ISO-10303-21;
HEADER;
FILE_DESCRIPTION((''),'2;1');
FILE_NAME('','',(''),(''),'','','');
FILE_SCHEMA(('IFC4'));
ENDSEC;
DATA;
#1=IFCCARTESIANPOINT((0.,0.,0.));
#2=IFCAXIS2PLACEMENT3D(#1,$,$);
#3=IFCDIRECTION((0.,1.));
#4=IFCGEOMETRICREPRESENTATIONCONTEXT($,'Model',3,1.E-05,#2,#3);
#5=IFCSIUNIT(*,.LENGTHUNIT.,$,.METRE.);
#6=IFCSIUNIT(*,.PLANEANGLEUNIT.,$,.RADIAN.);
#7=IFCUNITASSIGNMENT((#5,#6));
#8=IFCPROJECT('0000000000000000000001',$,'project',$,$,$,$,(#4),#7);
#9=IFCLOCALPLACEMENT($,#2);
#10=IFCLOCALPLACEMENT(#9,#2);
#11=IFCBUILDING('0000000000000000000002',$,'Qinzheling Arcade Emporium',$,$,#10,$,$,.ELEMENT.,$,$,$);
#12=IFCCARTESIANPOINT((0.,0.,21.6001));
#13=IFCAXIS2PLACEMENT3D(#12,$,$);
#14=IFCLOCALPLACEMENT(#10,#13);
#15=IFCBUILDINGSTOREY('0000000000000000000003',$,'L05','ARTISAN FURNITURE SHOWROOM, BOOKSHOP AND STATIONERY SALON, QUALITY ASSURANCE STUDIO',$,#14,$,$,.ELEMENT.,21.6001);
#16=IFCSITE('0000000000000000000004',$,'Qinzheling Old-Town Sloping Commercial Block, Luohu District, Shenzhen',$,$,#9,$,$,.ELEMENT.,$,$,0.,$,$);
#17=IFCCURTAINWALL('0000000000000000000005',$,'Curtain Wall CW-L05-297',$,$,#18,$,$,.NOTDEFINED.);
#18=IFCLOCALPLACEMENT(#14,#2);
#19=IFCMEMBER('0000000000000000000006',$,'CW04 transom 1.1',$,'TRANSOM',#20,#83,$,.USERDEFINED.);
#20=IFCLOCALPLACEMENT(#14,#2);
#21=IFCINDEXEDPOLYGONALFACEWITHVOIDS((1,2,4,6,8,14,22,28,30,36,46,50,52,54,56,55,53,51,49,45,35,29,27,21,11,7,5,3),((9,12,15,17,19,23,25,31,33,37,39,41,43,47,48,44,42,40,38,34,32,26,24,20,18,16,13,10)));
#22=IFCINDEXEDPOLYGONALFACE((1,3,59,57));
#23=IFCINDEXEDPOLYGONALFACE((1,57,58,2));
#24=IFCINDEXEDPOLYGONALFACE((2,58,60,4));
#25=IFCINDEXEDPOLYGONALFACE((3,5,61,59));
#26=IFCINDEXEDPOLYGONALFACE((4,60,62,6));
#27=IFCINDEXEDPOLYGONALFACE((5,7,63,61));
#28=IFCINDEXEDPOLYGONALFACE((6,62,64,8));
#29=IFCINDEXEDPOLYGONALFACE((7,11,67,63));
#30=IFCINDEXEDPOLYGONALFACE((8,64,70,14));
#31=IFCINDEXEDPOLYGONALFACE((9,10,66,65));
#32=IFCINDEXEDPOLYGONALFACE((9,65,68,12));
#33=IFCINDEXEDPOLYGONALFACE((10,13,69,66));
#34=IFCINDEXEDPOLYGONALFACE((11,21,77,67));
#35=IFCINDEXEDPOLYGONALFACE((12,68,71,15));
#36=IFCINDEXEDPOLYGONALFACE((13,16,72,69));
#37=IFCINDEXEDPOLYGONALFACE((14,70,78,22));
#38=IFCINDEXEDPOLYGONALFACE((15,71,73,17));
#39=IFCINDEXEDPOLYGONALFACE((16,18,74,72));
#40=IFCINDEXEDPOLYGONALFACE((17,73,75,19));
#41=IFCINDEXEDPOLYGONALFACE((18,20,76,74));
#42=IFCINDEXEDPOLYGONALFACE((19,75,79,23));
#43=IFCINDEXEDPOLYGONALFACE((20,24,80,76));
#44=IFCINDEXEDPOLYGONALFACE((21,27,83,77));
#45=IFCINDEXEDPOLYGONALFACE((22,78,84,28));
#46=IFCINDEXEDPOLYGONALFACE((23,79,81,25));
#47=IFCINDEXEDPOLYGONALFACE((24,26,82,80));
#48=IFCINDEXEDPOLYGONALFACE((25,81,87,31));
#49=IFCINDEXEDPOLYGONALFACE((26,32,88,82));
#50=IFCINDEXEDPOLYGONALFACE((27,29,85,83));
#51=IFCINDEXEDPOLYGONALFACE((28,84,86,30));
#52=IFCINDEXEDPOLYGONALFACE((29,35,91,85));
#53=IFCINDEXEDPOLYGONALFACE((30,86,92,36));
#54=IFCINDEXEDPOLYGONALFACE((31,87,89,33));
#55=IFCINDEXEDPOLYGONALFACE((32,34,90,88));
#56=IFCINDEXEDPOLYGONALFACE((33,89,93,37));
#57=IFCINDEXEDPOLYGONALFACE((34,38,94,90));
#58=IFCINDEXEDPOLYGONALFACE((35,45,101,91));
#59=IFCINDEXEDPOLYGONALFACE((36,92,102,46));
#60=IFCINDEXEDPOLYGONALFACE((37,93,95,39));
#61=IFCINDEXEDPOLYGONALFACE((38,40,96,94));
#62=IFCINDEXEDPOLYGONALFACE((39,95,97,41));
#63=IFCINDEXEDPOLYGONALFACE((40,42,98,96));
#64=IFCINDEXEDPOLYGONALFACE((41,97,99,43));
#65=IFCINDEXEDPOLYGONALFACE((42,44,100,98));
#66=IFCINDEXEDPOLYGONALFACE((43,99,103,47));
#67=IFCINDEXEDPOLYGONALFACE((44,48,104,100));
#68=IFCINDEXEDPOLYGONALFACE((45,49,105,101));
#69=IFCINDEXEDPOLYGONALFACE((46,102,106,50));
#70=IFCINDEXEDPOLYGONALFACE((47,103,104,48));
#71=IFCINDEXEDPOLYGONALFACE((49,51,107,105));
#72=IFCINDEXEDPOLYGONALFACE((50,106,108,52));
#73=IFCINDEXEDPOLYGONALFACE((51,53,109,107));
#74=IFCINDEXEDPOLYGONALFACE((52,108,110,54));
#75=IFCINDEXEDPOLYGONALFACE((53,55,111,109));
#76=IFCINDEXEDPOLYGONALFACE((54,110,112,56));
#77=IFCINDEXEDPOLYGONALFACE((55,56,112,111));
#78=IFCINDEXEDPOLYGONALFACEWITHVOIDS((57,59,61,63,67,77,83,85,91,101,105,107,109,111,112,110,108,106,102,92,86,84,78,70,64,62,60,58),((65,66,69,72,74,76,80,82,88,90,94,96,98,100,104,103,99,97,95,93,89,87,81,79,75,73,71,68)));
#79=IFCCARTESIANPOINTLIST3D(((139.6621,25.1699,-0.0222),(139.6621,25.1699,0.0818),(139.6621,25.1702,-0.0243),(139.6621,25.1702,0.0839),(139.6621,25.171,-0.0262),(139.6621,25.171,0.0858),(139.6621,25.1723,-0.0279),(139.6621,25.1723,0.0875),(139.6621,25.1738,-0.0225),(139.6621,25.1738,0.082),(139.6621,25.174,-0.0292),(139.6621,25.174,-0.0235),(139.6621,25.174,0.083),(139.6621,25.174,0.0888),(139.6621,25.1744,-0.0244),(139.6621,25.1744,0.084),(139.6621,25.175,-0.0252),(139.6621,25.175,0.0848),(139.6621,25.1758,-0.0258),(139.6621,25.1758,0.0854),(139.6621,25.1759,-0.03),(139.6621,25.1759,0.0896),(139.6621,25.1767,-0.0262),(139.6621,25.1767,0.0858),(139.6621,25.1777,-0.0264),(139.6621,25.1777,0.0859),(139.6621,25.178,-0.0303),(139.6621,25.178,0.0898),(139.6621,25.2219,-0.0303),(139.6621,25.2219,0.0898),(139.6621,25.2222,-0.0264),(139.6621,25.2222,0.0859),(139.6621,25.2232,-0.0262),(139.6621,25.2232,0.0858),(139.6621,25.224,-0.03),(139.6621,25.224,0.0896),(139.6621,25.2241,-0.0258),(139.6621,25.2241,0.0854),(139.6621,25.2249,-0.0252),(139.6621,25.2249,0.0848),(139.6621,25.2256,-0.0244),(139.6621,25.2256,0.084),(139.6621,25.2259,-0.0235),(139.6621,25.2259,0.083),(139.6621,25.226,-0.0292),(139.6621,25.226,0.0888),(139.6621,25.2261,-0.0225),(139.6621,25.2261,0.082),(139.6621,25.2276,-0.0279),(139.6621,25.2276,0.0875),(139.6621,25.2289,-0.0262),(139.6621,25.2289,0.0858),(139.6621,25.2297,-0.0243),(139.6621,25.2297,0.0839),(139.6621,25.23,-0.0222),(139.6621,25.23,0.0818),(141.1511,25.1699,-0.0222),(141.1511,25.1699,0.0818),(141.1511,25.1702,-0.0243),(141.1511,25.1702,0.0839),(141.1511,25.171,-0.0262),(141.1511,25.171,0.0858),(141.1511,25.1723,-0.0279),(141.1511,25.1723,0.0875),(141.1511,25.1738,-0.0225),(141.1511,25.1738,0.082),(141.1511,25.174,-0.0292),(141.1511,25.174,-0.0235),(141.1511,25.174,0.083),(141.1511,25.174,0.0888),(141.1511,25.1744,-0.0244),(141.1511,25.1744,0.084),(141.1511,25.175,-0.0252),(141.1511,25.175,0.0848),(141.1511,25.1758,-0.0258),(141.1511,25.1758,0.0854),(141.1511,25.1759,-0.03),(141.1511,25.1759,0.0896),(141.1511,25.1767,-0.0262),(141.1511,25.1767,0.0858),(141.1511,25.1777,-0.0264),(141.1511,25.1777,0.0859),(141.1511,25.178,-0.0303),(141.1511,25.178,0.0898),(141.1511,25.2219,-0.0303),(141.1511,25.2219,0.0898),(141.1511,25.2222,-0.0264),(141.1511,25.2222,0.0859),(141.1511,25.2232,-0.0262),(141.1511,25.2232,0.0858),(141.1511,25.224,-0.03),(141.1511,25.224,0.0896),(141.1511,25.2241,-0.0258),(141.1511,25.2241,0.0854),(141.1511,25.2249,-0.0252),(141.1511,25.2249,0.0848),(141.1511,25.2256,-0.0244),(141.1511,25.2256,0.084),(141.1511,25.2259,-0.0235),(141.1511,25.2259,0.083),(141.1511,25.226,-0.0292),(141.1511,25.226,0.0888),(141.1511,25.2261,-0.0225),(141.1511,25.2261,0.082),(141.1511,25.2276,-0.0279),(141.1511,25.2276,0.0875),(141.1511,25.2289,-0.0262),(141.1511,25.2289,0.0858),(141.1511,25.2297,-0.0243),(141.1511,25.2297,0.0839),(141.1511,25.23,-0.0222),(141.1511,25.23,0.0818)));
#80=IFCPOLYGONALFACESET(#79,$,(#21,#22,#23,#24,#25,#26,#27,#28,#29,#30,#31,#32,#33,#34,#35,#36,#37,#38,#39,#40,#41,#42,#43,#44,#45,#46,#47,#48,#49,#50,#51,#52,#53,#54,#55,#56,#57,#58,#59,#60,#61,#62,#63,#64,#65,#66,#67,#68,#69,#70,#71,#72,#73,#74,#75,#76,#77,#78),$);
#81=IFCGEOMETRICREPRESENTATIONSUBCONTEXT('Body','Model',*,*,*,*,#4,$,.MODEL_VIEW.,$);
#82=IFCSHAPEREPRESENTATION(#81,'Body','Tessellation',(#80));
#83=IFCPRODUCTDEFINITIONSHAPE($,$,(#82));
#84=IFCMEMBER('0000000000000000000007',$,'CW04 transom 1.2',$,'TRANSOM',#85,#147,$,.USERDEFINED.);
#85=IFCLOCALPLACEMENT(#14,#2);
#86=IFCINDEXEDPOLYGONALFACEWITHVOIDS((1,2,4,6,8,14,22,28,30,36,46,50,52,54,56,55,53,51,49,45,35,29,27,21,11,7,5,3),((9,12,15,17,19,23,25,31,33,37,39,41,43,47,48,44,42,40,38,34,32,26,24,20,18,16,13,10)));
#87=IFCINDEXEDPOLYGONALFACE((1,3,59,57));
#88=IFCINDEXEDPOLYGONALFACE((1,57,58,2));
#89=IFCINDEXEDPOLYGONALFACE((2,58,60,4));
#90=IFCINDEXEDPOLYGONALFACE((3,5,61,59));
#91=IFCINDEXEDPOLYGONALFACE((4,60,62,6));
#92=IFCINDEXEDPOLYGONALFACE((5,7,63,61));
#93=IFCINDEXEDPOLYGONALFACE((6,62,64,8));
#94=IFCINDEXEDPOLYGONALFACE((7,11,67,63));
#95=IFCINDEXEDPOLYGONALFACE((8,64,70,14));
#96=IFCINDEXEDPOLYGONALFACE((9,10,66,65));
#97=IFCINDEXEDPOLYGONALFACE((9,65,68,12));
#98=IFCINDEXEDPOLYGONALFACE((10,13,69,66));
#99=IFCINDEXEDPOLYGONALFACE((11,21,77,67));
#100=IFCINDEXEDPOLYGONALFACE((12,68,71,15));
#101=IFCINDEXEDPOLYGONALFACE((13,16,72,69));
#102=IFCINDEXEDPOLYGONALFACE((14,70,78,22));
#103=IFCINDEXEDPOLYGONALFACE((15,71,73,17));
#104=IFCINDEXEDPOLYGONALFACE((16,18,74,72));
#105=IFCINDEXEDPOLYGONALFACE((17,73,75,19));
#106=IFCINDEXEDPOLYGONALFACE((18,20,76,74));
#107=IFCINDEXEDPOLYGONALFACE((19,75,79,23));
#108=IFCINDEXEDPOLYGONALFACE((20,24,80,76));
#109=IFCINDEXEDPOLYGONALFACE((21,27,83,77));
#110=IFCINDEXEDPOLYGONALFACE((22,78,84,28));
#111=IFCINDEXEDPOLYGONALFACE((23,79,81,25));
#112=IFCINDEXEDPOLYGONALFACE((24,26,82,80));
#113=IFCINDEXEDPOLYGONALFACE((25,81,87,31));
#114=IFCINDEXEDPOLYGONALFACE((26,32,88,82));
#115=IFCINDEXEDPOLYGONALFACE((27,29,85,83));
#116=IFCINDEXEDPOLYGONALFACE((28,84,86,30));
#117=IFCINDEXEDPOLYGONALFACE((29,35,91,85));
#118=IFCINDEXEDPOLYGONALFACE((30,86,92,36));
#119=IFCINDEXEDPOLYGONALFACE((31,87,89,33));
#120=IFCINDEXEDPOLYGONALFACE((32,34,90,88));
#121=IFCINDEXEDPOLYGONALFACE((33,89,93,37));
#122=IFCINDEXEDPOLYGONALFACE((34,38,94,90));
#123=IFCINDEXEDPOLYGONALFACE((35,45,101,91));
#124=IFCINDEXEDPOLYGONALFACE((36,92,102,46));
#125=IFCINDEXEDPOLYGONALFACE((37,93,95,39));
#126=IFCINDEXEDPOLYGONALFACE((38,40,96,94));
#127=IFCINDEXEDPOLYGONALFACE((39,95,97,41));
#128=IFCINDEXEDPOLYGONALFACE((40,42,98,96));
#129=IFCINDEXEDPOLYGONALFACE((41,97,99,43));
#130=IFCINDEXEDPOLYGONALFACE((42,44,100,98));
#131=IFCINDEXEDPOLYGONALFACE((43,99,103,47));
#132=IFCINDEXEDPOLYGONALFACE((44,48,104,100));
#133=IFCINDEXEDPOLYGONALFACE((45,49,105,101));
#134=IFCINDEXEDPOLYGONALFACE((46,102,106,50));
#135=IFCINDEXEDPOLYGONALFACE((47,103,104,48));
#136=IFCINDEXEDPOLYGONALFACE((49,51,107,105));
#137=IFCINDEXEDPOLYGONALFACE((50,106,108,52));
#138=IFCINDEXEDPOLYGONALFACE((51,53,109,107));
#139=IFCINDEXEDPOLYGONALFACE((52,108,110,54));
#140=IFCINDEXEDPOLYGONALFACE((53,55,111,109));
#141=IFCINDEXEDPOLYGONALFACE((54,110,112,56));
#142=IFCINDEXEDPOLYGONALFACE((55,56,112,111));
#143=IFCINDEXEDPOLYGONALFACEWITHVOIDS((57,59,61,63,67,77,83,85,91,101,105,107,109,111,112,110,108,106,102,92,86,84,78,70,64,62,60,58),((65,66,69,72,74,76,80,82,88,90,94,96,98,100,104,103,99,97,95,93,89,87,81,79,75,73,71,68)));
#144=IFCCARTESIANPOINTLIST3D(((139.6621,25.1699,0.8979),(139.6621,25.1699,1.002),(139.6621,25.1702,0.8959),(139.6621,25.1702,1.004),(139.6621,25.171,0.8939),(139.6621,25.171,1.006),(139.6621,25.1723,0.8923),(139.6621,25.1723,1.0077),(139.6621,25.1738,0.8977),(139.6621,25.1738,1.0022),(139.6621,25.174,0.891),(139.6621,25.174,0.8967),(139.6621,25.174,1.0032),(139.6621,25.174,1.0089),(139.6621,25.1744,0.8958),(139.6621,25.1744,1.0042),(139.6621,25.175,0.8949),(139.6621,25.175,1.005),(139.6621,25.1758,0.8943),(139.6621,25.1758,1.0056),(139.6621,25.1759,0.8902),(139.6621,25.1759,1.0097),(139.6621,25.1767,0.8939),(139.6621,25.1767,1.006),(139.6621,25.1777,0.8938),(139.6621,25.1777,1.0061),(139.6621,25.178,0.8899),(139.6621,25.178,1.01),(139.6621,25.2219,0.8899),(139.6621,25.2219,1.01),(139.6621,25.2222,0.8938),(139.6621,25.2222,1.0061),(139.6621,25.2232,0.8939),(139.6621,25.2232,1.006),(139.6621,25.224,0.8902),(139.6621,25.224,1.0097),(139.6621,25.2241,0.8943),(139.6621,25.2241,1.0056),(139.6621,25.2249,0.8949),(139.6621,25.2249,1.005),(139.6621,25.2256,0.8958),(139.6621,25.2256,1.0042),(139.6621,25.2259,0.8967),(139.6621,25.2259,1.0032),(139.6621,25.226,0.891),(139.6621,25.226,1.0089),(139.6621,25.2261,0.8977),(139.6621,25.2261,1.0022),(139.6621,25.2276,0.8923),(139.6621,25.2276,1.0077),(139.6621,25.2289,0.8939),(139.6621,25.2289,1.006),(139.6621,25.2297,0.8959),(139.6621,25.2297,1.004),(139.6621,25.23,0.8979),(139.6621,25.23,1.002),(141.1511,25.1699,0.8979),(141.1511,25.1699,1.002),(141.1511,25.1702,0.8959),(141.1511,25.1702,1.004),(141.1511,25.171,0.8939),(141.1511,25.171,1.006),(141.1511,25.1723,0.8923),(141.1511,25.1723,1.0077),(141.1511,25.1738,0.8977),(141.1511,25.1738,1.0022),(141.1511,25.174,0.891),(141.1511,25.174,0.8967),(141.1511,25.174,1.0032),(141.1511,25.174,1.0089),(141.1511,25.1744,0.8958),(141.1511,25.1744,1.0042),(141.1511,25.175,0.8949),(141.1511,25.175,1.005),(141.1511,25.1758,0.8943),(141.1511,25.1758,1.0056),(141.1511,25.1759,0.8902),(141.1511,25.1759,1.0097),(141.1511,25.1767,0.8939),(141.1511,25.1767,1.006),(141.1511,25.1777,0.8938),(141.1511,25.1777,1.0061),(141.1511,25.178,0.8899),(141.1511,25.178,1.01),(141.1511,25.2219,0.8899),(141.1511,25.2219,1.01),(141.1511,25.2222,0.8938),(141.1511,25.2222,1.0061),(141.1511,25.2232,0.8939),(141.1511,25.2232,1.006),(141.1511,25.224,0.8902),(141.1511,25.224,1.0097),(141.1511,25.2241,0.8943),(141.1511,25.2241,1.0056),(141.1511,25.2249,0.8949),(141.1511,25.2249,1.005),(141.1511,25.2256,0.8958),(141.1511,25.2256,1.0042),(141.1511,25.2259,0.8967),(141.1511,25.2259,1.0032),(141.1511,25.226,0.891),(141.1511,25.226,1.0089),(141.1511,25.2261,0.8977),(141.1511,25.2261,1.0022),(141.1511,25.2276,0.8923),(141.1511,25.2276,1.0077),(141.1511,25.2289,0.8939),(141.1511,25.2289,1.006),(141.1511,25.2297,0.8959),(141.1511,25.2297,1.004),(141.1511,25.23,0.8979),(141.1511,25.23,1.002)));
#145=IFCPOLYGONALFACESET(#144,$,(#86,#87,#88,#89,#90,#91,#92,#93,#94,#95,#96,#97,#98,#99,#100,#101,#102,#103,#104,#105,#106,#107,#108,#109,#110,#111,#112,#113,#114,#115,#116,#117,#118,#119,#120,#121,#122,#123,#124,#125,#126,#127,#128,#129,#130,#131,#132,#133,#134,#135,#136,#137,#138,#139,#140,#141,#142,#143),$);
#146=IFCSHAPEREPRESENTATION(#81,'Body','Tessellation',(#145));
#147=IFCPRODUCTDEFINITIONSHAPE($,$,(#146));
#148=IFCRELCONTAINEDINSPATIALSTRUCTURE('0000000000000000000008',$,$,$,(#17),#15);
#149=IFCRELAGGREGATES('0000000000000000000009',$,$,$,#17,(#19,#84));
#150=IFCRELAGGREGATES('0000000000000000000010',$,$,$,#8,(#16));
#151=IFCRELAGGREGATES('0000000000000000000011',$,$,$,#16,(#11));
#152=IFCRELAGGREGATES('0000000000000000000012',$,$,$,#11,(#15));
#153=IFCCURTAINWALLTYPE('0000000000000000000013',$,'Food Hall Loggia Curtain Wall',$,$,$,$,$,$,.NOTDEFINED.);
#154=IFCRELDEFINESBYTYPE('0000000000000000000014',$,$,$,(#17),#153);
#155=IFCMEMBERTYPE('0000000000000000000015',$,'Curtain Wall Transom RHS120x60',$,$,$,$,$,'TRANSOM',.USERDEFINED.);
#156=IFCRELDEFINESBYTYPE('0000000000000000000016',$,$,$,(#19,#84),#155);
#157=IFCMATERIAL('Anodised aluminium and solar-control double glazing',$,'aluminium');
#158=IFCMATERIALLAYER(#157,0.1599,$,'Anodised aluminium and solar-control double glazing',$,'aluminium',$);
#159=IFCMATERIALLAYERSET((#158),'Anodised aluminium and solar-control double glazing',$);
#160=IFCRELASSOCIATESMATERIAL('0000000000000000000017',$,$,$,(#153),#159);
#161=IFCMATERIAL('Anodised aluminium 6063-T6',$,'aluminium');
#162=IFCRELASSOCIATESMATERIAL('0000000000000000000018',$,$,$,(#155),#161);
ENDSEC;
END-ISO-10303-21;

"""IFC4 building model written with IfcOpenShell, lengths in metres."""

from ifc_helpers import new_model, si_unit, direction, frame, origin, origin_2d, place, context, subcontext, project, spatial, hollow_rectangle, extrude, material, layer, layer_set, material_profile, profile_set, type_object, element, aggregate, save


model = new_model("IFC4")

# Units and contexts
model_context = context("Model", 3, precision=1e-05, world=origin(), true_north=direction((0.0, 1.0)))
body_context = subcontext(model_context, "Body", "Model", "MODEL_VIEW")
ifc_project = project(units=[si_unit("LENGTHUNIT", "METRE"), si_unit("PLANEANGLEUNIT", "RADIAN")], contexts=[model_context])

# Site, building, storey
site_placement = place(None, origin())
site = spatial("IfcSite", under=ifc_project, at=site_placement, Name="Qinzheling Old-Town Sloping Commercial Block, Luohu District, Shenzhen", CompositionType="ELEMENT", RefElevation=0.0)
building_placement = place(site_placement, origin())
building = spatial("IfcBuilding", under=site, at=building_placement, Name="Qinzheling Arcade Emporium", CompositionType="ELEMENT")
storey_placement = place(building_placement, frame((0.0, 0.0, 21.6001)))
storey = spatial("IfcBuildingStorey", under=building, at=storey_placement, Name="L05", Description="ARTISAN FURNITURE SHOWROOM, BOOKSHOP AND STATIONERY SALON, QUALITY ASSURANCE STUDIO", CompositionType="ELEMENT", Elevation=21.6001)

# Shared definitions
ifc_material_1 = material(Name="Anodised aluminium and solar-control double glazing", Category="aluminium")
ifc_layer_1 = layer(ifc_material_1, 0.1599, Name="Anodised aluminium and solar-control double glazing", Category="aluminium")
ifc_layer_set_1 = layer_set([ifc_layer_1], Name="Anodised aluminium and solar-control double glazing")
curtain_wall_type = type_object("IfcCurtainWallType", Name="Food Hall Loggia Curtain Wall", PredefinedType="NOTDEFINED", material=ifc_layer_set_1)
ifc_material_2 = material(Name="Anodised aluminium 6063-T6", Category="aluminium")

# Curtain wall
curtain_wall_1_placement = place(storey_placement, origin())
curtain_wall_1 = element("IfcCurtainWall", 1, at=curtain_wall_1_placement, inside=storey, type_object=curtain_wall_type, Name="Curtain Wall CW-L05-297", PredefinedType="NOTDEFINED")

# Members
ifc_material_profile_1 = material_profile(ifc_material_2, hollow_rectangle(XDim=0.0601, YDim=0.1201, WallThickness=0.0039, InnerFilletRadius=0.0039, OuterFilletRadius=0.0081, at=origin_2d()), Name="RHS 120x60x4", Category="aluminium")
ifc_profile_set_1 = profile_set([ifc_material_profile_1], Name="Anodised aluminium 6063-T6")
member_type_1 = type_object("IfcMemberType", Name="Curtain Wall Transom RHS120x60", ElementType="TRANSOM", PredefinedType="USERDEFINED", material=ifc_profile_set_1)
member_1_placement = place(storey_placement, frame((139.6621, 25.2, 0.0298), z_axis=(1.0, 0.0, 0.0), x_axis=(0.0, 1.0, 0.0)))
member_1 = element("IfcMember", 2, at=member_1_placement, type_object=member_type_1, Name="CW04 transom 1.1", ObjectType="TRANSOM", PredefinedType="USERDEFINED", context=body_context, shape_type="SweptSolid", body=[
    extrude(hollow_rectangle(XDim=0.0601, YDim=0.1201, WallThickness=0.0039, InnerFilletRadius=0.0039, OuterFilletRadius=0.0081, at=origin_2d()), origin(), (0.0, 0.0, 1.0), 1.489),
])
member_2_placement = place(storey_placement, frame((139.6621, 25.2, 0.95), z_axis=(1.0, 0.0, 0.0), x_axis=(0.0, 1.0, 0.0)))
member_2 = element("IfcMember", 3, at=member_2_placement, type_object=member_type_1, Name="CW04 transom 1.2", ObjectType="TRANSOM", PredefinedType="USERDEFINED", context=body_context, shape_type="SweptSolid", body=[
    extrude(hollow_rectangle(XDim=0.0601, YDim=0.1201, WallThickness=0.0039, InnerFilletRadius=0.0039, OuterFilletRadius=0.0081, at=origin_2d()), origin(), (0.0, 0.0, 1.0), 1.489),
])

aggregate(curtain_wall_1, [member_1, member_2])

save(model, "model.ifc")
